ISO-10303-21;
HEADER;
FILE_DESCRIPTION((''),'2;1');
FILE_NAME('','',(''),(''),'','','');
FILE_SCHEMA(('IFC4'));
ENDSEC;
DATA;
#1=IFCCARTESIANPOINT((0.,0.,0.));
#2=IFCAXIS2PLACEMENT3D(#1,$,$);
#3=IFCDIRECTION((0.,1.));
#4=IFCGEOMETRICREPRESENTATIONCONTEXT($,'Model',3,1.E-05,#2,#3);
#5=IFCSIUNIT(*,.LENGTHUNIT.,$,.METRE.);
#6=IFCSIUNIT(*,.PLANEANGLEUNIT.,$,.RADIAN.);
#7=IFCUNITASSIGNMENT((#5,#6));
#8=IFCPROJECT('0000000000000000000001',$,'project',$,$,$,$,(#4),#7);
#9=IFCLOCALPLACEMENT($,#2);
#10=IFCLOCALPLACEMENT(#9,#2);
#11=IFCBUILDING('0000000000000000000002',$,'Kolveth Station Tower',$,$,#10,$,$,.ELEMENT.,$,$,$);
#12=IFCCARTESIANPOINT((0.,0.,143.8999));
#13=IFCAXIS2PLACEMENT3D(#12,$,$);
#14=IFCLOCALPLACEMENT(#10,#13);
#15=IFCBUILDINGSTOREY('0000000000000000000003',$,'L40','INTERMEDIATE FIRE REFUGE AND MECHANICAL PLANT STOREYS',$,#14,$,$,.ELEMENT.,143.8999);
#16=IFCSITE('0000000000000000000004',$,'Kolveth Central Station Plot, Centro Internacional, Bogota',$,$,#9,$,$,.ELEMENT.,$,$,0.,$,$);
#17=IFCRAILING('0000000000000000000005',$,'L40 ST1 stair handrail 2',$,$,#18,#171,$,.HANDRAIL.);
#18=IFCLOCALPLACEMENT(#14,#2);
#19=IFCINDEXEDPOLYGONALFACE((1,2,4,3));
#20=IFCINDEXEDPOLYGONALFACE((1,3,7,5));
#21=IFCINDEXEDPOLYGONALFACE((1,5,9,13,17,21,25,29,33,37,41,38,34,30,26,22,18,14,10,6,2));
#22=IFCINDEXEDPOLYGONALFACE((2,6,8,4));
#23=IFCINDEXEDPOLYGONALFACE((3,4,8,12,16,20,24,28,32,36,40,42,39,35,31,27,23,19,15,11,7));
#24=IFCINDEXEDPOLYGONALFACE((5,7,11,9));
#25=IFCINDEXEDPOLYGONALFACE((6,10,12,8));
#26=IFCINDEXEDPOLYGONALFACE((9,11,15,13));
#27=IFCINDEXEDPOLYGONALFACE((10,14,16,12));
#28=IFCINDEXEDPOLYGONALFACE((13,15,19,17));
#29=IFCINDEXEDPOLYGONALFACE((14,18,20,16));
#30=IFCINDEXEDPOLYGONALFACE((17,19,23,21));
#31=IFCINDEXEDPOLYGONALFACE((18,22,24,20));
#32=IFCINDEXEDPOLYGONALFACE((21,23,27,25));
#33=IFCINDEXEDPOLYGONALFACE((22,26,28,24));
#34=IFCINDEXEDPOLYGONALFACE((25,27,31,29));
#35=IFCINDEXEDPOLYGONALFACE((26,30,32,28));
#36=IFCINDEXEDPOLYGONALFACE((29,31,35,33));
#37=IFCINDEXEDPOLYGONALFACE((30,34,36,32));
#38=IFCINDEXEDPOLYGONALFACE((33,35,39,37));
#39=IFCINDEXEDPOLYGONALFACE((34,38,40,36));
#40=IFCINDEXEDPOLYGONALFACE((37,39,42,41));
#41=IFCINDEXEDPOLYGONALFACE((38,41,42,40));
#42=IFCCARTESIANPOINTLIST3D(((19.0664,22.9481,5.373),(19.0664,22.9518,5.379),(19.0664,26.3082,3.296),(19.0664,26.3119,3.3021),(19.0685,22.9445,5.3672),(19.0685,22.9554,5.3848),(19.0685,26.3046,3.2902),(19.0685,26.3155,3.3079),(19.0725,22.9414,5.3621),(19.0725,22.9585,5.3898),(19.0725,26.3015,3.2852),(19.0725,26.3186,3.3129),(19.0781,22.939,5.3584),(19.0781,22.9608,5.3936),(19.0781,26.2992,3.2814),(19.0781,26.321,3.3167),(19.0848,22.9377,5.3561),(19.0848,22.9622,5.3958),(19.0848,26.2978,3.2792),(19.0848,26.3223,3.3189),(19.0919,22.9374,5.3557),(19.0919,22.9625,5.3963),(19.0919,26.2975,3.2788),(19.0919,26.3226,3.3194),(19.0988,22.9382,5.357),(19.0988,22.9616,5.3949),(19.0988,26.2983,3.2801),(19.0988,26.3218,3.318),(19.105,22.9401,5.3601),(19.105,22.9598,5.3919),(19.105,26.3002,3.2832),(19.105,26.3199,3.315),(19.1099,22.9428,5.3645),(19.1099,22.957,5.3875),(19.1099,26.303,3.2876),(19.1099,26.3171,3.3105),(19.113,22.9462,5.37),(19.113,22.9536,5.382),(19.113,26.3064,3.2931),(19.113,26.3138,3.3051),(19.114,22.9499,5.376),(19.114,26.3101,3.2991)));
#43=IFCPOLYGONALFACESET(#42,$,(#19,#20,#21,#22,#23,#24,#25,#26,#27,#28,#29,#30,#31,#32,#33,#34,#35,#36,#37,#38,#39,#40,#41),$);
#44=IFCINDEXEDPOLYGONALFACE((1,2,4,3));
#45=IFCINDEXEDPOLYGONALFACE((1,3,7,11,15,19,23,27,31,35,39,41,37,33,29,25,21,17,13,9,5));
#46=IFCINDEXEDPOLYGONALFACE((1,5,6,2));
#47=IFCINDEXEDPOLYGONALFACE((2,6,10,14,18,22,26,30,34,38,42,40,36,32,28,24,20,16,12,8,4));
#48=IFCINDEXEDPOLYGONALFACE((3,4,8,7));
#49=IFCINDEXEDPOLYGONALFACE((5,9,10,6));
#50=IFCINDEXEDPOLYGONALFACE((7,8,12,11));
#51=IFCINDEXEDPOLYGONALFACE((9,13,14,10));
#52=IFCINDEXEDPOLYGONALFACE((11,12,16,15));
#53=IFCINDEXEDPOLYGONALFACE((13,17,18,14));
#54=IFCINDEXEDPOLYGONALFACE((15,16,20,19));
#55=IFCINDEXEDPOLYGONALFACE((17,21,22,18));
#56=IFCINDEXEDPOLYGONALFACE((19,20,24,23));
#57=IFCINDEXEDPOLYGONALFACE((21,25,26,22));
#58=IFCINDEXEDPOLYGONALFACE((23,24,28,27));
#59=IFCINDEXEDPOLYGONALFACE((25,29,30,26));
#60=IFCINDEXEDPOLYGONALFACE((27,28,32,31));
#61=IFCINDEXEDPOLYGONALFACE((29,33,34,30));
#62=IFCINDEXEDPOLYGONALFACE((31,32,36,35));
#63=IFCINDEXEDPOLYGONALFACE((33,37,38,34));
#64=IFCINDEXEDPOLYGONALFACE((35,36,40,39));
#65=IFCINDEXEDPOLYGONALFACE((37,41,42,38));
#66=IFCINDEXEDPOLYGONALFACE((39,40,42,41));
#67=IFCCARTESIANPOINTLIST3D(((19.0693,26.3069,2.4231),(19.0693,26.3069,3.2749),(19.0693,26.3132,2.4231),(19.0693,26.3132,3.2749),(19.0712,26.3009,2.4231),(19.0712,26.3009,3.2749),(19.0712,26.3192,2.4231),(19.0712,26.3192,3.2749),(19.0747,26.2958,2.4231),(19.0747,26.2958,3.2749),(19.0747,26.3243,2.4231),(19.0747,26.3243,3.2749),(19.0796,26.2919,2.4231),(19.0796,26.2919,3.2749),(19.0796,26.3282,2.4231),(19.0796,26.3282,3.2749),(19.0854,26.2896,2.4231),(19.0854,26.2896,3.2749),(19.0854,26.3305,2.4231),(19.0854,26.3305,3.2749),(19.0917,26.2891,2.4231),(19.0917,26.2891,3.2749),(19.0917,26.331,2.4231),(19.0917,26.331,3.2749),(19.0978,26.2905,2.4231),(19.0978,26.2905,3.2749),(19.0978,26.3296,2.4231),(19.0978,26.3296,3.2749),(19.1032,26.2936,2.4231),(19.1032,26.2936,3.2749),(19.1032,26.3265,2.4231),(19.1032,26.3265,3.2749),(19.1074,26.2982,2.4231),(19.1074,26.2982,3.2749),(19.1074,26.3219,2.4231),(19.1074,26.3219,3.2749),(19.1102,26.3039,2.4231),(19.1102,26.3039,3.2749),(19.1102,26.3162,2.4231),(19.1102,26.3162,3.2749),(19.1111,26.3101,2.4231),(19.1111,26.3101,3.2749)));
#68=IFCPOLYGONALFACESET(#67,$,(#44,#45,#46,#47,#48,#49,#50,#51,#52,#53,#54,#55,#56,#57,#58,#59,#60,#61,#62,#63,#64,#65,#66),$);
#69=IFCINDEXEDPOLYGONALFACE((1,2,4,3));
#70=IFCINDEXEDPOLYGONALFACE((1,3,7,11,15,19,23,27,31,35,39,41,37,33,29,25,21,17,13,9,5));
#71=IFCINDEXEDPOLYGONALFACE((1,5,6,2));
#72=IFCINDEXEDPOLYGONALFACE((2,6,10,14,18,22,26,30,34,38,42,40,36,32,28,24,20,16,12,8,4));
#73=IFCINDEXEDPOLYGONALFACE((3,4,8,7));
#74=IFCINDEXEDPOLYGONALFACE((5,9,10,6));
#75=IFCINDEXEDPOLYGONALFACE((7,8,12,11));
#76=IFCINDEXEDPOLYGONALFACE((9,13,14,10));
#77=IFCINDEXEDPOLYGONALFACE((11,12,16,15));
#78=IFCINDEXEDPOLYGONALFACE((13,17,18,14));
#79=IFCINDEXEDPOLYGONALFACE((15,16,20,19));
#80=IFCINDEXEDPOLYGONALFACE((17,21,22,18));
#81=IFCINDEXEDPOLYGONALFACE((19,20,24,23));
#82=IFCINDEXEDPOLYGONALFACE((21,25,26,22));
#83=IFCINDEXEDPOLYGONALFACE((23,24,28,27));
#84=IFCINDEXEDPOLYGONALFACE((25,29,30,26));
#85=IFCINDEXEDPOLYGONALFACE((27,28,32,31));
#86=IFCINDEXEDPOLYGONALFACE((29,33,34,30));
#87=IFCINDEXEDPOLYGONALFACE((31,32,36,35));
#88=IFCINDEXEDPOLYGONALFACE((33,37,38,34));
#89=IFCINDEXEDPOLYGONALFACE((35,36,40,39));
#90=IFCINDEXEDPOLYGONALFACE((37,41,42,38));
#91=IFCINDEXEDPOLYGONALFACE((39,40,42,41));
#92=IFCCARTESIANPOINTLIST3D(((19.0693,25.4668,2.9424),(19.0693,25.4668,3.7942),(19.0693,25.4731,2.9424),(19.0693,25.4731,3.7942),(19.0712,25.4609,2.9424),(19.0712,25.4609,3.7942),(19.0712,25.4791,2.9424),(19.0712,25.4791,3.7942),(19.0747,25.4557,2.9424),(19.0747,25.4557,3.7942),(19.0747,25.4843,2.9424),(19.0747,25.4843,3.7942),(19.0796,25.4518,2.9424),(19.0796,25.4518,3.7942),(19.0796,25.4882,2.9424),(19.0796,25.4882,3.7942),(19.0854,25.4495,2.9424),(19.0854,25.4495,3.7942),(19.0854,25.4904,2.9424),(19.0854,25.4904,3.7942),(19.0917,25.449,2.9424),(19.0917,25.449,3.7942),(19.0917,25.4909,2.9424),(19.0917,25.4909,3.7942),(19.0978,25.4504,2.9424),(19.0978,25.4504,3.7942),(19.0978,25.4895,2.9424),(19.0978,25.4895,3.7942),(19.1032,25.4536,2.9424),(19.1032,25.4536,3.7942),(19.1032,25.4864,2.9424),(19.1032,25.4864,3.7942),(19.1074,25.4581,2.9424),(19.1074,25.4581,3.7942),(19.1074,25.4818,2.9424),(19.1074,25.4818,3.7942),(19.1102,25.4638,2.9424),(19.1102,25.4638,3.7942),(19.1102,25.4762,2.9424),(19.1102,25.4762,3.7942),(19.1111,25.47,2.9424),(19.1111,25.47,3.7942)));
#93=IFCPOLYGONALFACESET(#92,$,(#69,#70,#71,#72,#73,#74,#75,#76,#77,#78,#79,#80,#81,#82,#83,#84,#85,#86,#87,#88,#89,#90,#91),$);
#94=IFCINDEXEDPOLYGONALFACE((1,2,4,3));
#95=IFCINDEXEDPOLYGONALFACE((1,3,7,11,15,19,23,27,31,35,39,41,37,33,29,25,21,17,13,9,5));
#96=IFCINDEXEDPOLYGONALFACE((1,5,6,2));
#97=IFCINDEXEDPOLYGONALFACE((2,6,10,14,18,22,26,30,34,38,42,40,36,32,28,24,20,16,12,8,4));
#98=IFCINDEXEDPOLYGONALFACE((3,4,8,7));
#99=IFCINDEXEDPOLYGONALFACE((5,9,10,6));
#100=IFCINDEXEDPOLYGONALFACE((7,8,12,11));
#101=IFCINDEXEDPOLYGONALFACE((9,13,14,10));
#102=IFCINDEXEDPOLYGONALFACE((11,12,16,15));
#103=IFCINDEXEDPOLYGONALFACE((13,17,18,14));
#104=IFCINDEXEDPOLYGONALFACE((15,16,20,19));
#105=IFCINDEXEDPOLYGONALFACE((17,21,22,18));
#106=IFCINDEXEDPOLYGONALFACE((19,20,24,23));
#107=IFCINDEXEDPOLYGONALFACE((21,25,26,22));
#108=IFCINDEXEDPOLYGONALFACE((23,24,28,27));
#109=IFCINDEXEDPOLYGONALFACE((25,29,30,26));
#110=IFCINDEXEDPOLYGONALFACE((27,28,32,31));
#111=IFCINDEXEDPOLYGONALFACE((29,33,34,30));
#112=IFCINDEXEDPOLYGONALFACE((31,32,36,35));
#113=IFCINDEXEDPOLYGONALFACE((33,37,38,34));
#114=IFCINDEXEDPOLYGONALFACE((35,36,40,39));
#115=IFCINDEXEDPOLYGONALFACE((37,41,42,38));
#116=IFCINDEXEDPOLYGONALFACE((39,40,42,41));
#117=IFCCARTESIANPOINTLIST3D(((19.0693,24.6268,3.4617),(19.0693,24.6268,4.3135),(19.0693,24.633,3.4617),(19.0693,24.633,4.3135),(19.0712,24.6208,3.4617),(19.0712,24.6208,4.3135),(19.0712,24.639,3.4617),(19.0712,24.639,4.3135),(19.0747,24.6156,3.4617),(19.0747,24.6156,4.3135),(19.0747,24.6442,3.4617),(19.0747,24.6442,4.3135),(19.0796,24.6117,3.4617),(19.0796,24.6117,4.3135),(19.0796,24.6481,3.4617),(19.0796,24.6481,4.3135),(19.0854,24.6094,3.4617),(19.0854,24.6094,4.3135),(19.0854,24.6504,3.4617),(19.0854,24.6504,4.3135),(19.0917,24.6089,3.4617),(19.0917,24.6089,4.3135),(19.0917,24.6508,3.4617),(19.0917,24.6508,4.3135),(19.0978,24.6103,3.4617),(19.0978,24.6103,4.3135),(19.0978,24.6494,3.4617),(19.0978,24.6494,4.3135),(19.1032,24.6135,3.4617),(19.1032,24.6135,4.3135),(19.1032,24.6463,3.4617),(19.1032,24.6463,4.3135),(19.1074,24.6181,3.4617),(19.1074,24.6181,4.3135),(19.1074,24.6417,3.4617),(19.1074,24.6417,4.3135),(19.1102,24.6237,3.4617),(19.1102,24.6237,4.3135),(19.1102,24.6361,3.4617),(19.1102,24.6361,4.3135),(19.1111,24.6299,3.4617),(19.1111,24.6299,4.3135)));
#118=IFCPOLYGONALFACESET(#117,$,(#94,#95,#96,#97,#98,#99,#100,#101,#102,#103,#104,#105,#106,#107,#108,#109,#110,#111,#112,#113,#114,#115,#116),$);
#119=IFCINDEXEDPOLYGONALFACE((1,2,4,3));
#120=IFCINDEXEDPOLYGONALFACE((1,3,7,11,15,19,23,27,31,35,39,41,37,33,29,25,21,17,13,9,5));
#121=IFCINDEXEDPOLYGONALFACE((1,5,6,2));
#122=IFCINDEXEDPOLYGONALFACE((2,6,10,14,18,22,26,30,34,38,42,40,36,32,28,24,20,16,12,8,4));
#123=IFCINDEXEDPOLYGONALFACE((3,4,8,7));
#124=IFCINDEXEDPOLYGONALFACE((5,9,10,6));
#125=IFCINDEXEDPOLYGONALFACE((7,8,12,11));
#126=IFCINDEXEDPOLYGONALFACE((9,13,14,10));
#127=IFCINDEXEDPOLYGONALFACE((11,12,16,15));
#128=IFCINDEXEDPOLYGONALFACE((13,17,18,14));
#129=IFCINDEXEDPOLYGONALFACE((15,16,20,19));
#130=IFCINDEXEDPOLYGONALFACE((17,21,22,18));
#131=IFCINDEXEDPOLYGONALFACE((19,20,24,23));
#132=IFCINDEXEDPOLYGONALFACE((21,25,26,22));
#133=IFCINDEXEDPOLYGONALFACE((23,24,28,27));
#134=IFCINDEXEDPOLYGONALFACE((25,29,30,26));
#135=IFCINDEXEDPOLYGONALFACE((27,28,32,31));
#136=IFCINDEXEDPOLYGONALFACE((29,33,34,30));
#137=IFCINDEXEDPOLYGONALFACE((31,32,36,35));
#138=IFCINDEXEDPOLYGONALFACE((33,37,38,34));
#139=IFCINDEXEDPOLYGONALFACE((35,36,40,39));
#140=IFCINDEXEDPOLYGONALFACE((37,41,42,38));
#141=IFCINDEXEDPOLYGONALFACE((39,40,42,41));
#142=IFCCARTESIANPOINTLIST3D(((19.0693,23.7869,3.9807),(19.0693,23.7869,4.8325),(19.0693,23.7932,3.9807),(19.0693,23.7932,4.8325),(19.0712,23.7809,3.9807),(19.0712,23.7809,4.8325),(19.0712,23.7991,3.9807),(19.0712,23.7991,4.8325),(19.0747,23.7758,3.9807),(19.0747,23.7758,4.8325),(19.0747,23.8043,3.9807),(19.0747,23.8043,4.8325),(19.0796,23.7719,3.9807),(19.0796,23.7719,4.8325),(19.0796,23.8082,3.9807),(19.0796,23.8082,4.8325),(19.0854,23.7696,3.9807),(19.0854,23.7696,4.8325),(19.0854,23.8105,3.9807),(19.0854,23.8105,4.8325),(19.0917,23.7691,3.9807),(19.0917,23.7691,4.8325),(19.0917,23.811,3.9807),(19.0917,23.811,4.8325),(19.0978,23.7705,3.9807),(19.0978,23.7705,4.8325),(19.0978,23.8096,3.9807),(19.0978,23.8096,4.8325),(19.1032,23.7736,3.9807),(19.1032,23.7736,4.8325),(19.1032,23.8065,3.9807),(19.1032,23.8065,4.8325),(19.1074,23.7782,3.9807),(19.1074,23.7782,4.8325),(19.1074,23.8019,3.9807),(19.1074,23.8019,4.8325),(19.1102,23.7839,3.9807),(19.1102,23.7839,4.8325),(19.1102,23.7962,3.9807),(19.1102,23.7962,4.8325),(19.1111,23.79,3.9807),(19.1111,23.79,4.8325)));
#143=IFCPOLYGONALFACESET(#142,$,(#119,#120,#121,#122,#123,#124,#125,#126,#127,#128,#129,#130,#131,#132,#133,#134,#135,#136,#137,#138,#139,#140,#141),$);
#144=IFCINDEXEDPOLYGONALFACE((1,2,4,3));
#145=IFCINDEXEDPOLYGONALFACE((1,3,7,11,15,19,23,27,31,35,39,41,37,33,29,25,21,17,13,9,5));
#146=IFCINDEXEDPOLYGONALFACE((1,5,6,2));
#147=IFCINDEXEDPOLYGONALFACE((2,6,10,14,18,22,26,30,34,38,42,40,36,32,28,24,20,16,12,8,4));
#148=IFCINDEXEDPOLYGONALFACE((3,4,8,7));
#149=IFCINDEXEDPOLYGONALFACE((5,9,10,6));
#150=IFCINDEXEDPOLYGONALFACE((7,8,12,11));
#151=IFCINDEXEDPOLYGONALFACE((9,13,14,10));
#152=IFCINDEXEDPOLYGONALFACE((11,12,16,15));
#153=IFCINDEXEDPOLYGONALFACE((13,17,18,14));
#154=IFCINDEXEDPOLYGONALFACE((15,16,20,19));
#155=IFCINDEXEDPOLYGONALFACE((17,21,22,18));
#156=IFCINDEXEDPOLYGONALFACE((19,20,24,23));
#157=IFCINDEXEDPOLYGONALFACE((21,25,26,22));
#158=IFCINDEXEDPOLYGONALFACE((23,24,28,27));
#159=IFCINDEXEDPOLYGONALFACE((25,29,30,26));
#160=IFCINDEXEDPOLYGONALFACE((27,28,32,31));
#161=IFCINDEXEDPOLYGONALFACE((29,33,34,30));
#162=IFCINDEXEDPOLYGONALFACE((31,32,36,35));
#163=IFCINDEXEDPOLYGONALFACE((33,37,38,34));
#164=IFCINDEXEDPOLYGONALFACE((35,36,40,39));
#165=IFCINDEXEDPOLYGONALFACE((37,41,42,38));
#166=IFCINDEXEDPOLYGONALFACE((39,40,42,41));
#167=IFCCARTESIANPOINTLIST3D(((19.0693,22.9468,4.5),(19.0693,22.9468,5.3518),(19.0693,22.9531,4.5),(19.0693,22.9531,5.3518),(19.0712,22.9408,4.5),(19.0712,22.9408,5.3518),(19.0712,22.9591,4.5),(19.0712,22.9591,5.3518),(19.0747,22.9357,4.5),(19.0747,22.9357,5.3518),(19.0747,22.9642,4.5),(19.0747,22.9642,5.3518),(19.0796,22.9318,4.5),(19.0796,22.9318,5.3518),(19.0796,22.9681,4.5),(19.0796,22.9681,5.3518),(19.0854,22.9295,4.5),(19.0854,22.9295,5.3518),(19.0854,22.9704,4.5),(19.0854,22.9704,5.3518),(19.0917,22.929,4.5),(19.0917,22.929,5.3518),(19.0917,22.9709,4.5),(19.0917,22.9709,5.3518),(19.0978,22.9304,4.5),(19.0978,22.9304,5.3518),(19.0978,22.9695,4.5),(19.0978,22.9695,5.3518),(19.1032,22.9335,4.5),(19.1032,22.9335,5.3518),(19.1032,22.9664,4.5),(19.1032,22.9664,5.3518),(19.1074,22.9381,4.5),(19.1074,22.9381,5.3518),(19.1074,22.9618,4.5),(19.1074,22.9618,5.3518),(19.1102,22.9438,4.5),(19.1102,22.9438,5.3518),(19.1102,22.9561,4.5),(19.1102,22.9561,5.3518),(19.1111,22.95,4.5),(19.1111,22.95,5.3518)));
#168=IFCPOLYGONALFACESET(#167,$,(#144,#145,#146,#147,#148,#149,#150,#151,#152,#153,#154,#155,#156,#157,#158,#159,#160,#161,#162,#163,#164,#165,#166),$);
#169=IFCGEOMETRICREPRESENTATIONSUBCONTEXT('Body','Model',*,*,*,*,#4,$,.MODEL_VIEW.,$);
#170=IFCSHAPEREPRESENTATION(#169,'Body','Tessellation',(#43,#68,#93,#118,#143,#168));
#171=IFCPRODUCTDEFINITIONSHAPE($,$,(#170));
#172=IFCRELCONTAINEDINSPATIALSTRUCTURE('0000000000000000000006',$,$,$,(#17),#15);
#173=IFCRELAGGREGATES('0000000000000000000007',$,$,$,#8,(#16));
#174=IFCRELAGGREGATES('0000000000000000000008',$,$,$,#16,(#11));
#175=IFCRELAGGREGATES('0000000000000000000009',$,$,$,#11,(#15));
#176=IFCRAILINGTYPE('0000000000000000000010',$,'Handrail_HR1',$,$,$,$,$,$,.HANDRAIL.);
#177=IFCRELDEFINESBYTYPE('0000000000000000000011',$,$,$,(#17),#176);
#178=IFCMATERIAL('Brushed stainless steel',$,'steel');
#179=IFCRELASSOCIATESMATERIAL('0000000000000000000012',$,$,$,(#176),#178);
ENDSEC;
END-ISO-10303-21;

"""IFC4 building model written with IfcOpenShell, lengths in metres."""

from ifc_helpers import new_model, si_unit, direction, frame, origin, origin_2d, place, context, subcontext, project, spatial, circle, extrude, material, type_object, element, save


model = new_model("IFC4")

# Units and contexts
model_context = context("Model", 3, precision=1e-05, world=origin(), true_north=direction((0.0, 1.0)))
body_context = subcontext(model_context, "Body", "Model", "MODEL_VIEW")
ifc_project = project(units=[si_unit("LENGTHUNIT", "METRE"), si_unit("PLANEANGLEUNIT", "RADIAN")], contexts=[model_context])

# Site, building, storey
site_placement = place(None, origin())
site = spatial("IfcSite", under=ifc_project, at=site_placement, Name="Kolveth Central Station Plot, Centro Internacional, Bogota", CompositionType="ELEMENT", RefElevation=0.0)
building_placement = place(site_placement, origin())
building = spatial("IfcBuilding", under=site, at=building_placement, Name="Kolveth Station Tower", CompositionType="ELEMENT")
storey_placement = place(building_placement, frame((0.0, 0.0, 143.8999)))
storey = spatial("IfcBuildingStorey", under=building, at=storey_placement, Name="L40", Description="INTERMEDIATE FIRE REFUGE AND MECHANICAL PLANT STOREYS", CompositionType="ELEMENT", Elevation=143.8999)

# Railing
ifc_material_1 = material(Name="Brushed stainless steel", Category="steel")
railing_type_1 = type_object("IfcRailingType", Name="Handrail_HR1", PredefinedType="HANDRAIL", material=ifc_material_1)
railing_1_placement = place(storey_placement, frame((19.0901, 26.3101, 2.4231)))
element("IfcRailing", 1, at=railing_1_placement, inside=storey, type_object=railing_type_1, Name="L40 ST1 stair handrail 2", PredefinedType="HANDRAIL", context=body_context, shape_type="SweptSolid", body=[
    extrude(circle(Radius=0.0239, at=origin_2d()), frame((0.0, 0.0, 0.876), z_axis=(0.0, -0.850623, 0.525776), x_axis=(1.0, 0.0, 0.0)), (0.0, 0.0, 1.0), 3.9502),
    extrude(circle(Radius=0.021, at=origin_2d()), origin(), (0.0, 0.0, 1.0), 0.8518),
    extrude(circle(Radius=0.021, at=origin_2d()), frame((0.0, -0.8401, 0.5193)), (0.0, 0.0, 1.0), 0.8518),
    extrude(circle(Radius=0.021, at=origin_2d()), frame((0.0, -1.6802, 1.0386)), (0.0, 0.0, 1.0), 0.8518),
    extrude(circle(Radius=0.021, at=origin_2d()), frame((0.0, -2.52, 1.5576)), (0.0, 0.0, 1.0), 0.8518),
    extrude(circle(Radius=0.021, at=origin_2d()), frame((0.0, -3.3601, 2.0769)), (0.0, 0.0, 1.0), 0.8518),
])

save(model, "model.ifc")
